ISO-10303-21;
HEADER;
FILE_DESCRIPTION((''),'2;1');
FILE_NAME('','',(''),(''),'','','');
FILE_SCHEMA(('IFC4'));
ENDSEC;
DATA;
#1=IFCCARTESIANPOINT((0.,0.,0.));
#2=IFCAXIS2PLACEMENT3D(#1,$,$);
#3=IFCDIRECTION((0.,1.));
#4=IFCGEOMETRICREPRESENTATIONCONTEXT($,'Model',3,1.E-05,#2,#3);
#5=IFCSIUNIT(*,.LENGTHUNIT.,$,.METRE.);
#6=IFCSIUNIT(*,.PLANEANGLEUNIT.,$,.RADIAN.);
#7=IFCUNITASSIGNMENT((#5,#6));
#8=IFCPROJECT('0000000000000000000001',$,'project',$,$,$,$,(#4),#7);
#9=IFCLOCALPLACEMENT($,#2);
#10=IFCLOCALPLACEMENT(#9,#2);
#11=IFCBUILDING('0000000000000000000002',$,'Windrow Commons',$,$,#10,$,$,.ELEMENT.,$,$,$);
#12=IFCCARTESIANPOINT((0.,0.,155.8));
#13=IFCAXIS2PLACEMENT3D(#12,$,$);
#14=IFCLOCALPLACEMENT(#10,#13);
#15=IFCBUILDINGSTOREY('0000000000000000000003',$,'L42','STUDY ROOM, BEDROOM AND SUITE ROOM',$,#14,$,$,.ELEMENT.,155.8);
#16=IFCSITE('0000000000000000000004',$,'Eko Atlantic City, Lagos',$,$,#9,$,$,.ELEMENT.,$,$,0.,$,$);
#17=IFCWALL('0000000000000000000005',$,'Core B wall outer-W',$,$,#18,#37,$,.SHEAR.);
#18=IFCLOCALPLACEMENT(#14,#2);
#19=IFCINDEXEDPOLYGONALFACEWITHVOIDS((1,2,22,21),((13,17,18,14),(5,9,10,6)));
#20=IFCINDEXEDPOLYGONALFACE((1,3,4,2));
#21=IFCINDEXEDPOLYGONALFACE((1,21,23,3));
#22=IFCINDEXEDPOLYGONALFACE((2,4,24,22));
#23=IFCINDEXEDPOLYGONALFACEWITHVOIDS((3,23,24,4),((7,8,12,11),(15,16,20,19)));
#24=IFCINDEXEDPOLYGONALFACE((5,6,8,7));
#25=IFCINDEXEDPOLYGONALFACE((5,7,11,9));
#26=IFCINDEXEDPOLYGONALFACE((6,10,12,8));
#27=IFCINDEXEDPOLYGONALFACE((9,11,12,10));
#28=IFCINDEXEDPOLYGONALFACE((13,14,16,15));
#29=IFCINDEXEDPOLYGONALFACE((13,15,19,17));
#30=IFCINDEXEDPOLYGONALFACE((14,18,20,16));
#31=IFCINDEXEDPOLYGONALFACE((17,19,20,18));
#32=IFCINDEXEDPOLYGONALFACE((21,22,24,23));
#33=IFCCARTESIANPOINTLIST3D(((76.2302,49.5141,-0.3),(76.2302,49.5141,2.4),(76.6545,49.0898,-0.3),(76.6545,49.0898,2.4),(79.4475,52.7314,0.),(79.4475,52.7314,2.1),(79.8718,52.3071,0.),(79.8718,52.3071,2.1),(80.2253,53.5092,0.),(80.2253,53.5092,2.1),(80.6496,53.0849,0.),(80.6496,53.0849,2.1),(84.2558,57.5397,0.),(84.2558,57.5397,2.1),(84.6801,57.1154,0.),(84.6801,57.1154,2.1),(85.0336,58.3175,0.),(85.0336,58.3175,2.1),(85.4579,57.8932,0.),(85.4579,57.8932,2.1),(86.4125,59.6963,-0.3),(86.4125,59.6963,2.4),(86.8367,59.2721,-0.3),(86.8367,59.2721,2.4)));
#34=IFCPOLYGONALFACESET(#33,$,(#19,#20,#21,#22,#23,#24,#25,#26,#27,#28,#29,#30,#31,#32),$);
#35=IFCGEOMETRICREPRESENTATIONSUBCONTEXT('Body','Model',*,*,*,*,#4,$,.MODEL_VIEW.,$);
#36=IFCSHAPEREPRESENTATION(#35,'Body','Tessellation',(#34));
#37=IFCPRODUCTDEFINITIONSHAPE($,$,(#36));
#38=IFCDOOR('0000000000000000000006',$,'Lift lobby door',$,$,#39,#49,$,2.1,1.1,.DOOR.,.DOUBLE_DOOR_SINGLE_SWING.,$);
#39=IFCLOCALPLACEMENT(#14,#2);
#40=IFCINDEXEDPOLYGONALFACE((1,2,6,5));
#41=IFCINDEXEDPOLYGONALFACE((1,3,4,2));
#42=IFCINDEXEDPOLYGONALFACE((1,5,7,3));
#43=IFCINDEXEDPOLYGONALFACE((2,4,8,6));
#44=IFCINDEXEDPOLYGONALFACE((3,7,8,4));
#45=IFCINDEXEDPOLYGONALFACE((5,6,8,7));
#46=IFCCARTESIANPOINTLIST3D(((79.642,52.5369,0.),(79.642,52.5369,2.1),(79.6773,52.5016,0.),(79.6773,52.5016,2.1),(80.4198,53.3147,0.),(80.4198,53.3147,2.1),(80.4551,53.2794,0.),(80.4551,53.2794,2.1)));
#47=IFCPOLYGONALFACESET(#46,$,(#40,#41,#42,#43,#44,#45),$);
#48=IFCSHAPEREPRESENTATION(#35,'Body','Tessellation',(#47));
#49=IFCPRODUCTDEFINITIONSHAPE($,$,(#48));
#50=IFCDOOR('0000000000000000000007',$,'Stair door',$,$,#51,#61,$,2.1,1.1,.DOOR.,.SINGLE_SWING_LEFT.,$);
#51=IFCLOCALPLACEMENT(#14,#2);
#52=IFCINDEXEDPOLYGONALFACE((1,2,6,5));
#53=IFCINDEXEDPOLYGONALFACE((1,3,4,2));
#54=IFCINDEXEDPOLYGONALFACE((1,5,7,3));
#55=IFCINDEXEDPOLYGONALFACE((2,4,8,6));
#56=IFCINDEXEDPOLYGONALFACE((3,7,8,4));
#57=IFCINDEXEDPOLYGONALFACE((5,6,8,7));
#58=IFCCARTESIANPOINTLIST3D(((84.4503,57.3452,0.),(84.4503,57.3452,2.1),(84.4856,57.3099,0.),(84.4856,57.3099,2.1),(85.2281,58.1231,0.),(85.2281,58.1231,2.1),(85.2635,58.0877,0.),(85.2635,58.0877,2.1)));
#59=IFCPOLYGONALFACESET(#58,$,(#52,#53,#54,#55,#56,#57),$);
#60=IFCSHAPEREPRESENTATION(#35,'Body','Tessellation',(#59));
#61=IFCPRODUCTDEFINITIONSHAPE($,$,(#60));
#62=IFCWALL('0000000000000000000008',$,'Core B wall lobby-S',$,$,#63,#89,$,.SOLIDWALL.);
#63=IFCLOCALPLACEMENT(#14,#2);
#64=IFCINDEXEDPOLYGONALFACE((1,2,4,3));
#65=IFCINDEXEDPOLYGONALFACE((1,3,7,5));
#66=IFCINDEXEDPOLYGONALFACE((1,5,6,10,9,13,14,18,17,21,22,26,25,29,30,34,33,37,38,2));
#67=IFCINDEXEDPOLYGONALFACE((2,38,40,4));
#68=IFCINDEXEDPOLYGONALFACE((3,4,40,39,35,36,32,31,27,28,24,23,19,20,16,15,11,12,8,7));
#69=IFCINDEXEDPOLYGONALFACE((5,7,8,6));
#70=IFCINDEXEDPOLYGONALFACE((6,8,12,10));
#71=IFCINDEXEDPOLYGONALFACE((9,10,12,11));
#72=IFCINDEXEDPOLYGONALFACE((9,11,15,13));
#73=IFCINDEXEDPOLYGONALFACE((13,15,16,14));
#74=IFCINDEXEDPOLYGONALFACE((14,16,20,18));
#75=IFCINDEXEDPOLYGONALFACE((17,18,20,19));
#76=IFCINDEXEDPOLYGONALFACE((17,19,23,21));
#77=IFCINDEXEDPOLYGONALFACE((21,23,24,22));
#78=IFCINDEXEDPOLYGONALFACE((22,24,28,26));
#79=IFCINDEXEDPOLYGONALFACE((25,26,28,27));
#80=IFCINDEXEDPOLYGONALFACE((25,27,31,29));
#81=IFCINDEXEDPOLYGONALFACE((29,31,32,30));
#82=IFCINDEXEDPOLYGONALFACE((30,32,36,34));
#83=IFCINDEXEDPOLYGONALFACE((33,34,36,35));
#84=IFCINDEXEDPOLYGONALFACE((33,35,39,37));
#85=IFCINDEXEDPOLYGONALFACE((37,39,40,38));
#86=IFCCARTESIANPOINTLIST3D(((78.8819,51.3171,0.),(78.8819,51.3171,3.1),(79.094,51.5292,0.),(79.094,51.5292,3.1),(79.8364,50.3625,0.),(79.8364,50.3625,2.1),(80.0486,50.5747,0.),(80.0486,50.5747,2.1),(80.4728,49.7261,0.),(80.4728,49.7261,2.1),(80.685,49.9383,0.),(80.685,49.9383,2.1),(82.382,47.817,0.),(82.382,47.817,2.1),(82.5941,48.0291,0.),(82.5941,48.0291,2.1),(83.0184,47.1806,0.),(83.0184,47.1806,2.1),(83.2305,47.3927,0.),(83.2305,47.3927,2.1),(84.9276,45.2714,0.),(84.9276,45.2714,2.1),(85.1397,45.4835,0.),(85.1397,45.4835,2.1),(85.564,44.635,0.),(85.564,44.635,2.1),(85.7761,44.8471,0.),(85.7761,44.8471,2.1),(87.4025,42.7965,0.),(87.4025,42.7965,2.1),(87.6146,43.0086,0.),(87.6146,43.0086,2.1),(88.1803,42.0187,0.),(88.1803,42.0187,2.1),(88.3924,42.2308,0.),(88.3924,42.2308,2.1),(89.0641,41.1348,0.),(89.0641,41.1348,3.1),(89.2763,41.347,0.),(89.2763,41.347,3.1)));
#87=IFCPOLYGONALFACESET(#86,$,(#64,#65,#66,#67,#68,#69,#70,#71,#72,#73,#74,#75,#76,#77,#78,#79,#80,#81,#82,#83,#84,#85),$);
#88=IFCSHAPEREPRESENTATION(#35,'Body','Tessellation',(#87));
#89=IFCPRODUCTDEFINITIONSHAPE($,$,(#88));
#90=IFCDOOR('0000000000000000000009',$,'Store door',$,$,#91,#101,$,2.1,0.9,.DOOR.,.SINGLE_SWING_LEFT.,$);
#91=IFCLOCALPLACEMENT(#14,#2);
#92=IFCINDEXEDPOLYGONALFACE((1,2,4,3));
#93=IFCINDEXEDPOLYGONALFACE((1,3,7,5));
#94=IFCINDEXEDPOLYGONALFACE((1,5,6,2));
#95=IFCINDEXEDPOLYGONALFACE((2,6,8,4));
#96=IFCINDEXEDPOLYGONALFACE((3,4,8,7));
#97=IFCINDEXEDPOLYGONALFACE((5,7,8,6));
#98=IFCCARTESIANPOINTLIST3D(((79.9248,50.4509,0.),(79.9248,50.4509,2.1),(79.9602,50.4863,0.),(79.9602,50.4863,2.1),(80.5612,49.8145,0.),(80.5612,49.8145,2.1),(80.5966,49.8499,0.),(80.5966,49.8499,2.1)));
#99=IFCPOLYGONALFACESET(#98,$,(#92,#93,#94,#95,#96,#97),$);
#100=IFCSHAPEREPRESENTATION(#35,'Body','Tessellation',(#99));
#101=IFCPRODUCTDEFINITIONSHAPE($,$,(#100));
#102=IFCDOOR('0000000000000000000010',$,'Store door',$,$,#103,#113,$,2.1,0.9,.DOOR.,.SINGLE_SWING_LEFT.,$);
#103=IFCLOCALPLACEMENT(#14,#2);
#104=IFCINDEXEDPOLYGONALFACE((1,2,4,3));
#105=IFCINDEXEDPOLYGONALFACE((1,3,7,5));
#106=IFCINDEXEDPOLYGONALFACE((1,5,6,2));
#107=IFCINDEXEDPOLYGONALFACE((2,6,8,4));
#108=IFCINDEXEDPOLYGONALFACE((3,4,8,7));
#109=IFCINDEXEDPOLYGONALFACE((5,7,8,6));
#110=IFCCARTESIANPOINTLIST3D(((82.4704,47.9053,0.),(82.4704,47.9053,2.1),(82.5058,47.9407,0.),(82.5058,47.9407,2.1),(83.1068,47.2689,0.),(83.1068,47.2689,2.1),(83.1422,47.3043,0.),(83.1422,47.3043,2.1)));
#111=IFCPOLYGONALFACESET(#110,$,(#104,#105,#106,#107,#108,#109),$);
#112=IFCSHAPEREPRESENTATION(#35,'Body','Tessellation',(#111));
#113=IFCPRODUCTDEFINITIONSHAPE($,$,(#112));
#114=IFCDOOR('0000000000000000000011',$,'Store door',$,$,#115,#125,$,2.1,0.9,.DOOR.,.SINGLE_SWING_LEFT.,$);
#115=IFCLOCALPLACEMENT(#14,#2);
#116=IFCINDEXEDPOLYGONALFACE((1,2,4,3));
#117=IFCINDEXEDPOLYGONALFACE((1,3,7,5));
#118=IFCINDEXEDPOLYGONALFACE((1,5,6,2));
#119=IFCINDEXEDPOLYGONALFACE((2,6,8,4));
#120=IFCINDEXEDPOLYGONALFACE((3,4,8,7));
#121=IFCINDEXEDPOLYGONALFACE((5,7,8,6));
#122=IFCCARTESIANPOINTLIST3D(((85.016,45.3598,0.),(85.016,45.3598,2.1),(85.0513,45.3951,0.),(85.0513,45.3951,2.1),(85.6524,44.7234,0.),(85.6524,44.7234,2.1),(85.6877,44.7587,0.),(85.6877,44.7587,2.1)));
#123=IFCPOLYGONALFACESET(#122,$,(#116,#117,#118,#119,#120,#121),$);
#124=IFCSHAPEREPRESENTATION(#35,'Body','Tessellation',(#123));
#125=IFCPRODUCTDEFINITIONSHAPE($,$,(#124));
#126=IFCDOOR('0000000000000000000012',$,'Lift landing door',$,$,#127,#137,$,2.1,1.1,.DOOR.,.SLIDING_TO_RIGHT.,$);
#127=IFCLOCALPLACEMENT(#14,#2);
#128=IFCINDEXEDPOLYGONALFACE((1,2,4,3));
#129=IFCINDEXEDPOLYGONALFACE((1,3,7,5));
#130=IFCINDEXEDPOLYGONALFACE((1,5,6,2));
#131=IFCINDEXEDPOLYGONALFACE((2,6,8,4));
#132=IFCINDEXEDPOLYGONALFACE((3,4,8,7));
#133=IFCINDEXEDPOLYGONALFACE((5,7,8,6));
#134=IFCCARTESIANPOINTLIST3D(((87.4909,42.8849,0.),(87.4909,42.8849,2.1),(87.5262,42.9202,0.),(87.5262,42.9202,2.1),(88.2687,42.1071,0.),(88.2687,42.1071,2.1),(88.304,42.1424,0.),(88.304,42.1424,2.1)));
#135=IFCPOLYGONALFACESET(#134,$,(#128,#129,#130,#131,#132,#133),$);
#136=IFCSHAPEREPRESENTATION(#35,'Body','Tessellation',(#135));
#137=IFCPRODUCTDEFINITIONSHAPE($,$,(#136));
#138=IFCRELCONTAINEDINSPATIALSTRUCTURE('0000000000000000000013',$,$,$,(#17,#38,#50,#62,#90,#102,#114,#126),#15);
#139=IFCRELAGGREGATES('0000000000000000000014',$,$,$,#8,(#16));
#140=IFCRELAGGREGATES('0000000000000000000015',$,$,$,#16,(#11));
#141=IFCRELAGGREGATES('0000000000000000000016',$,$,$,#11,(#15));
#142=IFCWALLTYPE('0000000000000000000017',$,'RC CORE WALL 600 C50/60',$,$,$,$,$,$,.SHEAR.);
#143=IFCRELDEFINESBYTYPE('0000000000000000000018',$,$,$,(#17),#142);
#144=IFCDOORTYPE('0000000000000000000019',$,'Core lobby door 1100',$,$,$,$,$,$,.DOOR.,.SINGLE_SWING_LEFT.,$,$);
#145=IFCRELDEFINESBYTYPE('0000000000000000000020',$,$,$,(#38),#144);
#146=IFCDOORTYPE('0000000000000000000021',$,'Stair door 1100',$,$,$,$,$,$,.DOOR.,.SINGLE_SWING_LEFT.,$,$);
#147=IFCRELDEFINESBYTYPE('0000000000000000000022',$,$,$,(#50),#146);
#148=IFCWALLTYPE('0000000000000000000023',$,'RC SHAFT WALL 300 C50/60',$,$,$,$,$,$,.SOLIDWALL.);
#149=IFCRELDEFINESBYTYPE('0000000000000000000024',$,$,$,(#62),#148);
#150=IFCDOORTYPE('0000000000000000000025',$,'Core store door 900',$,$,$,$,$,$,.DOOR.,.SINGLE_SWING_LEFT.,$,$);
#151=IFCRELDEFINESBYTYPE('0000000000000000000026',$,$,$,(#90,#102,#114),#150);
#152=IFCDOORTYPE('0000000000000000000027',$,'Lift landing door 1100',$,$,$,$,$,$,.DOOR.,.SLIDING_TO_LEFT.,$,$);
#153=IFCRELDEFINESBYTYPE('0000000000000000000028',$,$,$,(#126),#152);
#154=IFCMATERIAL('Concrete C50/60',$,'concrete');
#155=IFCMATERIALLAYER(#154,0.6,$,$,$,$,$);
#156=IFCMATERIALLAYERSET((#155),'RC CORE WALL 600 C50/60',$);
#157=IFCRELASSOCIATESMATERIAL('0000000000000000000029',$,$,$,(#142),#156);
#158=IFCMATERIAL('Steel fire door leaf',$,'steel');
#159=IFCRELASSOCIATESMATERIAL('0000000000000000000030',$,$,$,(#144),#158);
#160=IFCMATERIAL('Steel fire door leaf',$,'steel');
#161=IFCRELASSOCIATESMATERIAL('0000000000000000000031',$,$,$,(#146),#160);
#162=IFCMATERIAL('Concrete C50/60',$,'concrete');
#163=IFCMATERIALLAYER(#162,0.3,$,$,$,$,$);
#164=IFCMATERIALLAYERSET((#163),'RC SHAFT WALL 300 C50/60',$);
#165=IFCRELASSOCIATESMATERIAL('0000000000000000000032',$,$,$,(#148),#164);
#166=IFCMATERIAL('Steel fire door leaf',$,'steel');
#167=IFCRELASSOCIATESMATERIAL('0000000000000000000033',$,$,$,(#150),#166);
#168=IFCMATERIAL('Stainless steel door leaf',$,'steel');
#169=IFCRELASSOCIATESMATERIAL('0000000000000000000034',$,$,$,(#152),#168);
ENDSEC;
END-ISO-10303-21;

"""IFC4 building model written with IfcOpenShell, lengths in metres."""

from ifc_helpers import new_model, si_unit, direction, frame, frame_2d, origin, place, context, subcontext, project, spatial, rectangle, extrude, material, layer, layer_set, type_object, element, fill, save


model = new_model("IFC4")

# Units and contexts
model_context = context("Model", 3, precision=1e-05, world=origin(), true_north=direction((0.0, 1.0)))
body_context = subcontext(model_context, "Body", "Model", "MODEL_VIEW")
ifc_project = project(units=[si_unit("LENGTHUNIT", "METRE"), si_unit("PLANEANGLEUNIT", "RADIAN")], contexts=[model_context])

# Site, building, storey
site_placement = place(None, origin())
site = spatial("IfcSite", under=ifc_project, at=site_placement, Name="Eko Atlantic City, Lagos", CompositionType="ELEMENT", RefElevation=0.0)
building_placement = place(site_placement, origin())
building = spatial("IfcBuilding", under=site, at=building_placement, Name="Windrow Commons", CompositionType="ELEMENT")
storey_placement = place(building_placement, frame((0.0, 0.0, 155.8)))
storey = spatial("IfcBuildingStorey", under=building, at=storey_placement, Name="L42", Description="STUDY ROOM, BEDROOM AND SUITE ROOM", CompositionType="ELEMENT", Elevation=155.8)

# Shared definitions
ifc_material_1 = material(Name="Concrete C50/60", Category="concrete")
ifc_layer_1 = layer(ifc_material_1, 0.6)
ifc_layer_set_1 = layer_set([ifc_layer_1], Name="RC CORE WALL 600 C50/60")
wall_type_1 = type_object("IfcWallType", Name="RC CORE WALL 600 C50/60", PredefinedType="SHEAR", material=ifc_layer_set_1)
ifc_material_2 = material(Name="Steel fire door leaf", Category="steel")
door_type_1 = type_object("IfcDoorType", Name="Core lobby door 1100", OperationType="SINGLE_SWING_LEFT", PredefinedType="DOOR", material=ifc_material_2)
ifc_material_3 = material(Name="Steel fire door leaf", Category="steel")
door_type_2 = type_object("IfcDoorType", Name="Stair door 1100", OperationType="SINGLE_SWING_LEFT", PredefinedType="DOOR", material=ifc_material_3)

# Walls, openings, doors
wall_1_placement = place(storey_placement, frame((76.4423, 49.3019, -0.3), z_axis=(0.0, 0.0, 1.0), x_axis=(0.707107, 0.707107, 0.0)))
wall_1 = element("IfcWall", 1, at=wall_1_placement, inside=storey, type_object=wall_type_1, Name="Core B wall outer-W", PredefinedType="SHEAR", context=body_context, shape_type="SweptSolid", body=[
    extrude(rectangle(XDim=14.3999, YDim=0.6, at=frame_2d((7.2, 0.0))), origin(), (0.0, 0.0, 1.0), 2.7),
])
opening_1_placement = place(wall_1_placement, frame((4.55, 0.0, 0.3)))
opening_1 = element("IfcOpeningElement", 2, at=opening_1_placement, cuts=wall_1, PredefinedType="OPENING", context=body_context, shape_type="SweptSolid", body=[
    extrude(rectangle(XDim=1.1, YDim=2.1, at=frame_2d((0.55, 1.05))), frame((0.0, 0.31, 0.0), z_axis=(0.0, -1.0, 0.0), x_axis=(1.0, 0.0, 0.0)), (0.0, 0.0, 1.0), 0.62),
])
opening_2_placement = place(wall_1_placement, frame((11.35, 0.0, 0.3)))
opening_2 = element("IfcOpeningElement", 3, at=opening_2_placement, cuts=wall_1, PredefinedType="OPENING", context=body_context, shape_type="SweptSolid", body=[
    extrude(rectangle(XDim=1.1, YDim=2.1, at=frame_2d((0.55, 1.05))), frame((0.0, 0.31, 0.0), z_axis=(0.0, -1.0, 0.0), x_axis=(1.0, 0.0, 0.0)), (0.0, 0.0, 1.0), 0.62),
])
door_1_placement = place(opening_1_placement, origin())
door_1 = element("IfcDoor", 4, at=door_1_placement, inside=storey, type_object=door_type_1, Name="Lift lobby door", OperationType="DOUBLE_DOOR_SINGLE_SWING", OverallHeight=2.1, OverallWidth=1.1, PredefinedType="DOOR", context=body_context, shape_type="SweptSolid", body=[
    extrude(rectangle(XDim=1.1, YDim=2.1, at=frame_2d((0.55, 1.05))), frame((0.0, 0.025, 0.0), z_axis=(0.0, -1.0, 0.0), x_axis=(1.0, 0.0, 0.0)), (0.0, 0.0, 1.0), 0.05),
])
fill(opening_1, door_1)
door_2_placement = place(opening_2_placement, origin())
door_2 = element("IfcDoor", 5, at=door_2_placement, inside=storey, type_object=door_type_2, Name="Stair door", OperationType="SINGLE_SWING_LEFT", OverallHeight=2.1, OverallWidth=1.1, PredefinedType="DOOR", context=body_context, shape_type="SweptSolid", body=[
    extrude(rectangle(XDim=1.1, YDim=2.1, at=frame_2d((0.55, 1.05))), frame((0.0, 0.025, 0.0), z_axis=(0.0, -1.0, 0.0), x_axis=(1.0, 0.0, 0.0)), (0.0, 0.0, 1.0), 0.05),
])
fill(opening_2, door_2)
ifc_material_4 = material(Name="Concrete C50/60", Category="concrete")
ifc_layer_2 = layer(ifc_material_4, 0.3)
ifc_layer_set_2 = layer_set([ifc_layer_2], Name="RC SHAFT WALL 300 C50/60")
wall_type_2 = type_object("IfcWallType", Name="RC SHAFT WALL 300 C50/60", PredefinedType="SOLIDWALL", material=ifc_layer_set_2)
wall_2_placement = place(storey_placement, frame((78.9879, 51.4232, 0.0), z_axis=(0.0, 0.0, 1.0), x_axis=(0.707107, -0.707107, 0.0)))
wall_2 = element("IfcWall", 6, at=wall_2_placement, inside=storey, type_object=wall_type_2, Name="Core B wall lobby-S", PredefinedType="SOLIDWALL", context=body_context, shape_type="SweptSolid", body=[
    extrude(rectangle(XDim=14.3999, YDim=0.3, at=frame_2d((7.2, 0.0))), origin(), (0.0, 0.0, 1.0), 3.1),
])
opening_3_placement = place(wall_2_placement, frame((1.35, 0.0, 0.0)))
opening_3 = element("IfcOpeningElement", 7, at=opening_3_placement, cuts=wall_2, PredefinedType="OPENING", context=body_context, shape_type="SweptSolid", body=[
    extrude(rectangle(XDim=0.9, YDim=2.1, at=frame_2d((0.45, 1.05))), frame((0.0, 0.16, 0.0), z_axis=(0.0, -1.0, 0.0), x_axis=(1.0, 0.0, 0.0)), (0.0, 0.0, 1.0), 0.32),
])
opening_4_placement = place(wall_2_placement, frame((4.95, 0.0, 0.0)))
opening_4 = element("IfcOpeningElement", 8, at=opening_4_placement, cuts=wall_2, PredefinedType="OPENING", context=body_context, shape_type="SweptSolid", body=[
    extrude(rectangle(XDim=0.9, YDim=2.1, at=frame_2d((0.45, 1.05))), frame((0.0, 0.16, 0.0), z_axis=(0.0, -1.0, 0.0), x_axis=(1.0, 0.0, 0.0)), (0.0, 0.0, 1.0), 0.32),
])
opening_5_placement = place(wall_2_placement, frame((8.55, 0.0, 0.0)))
opening_5 = element("IfcOpeningElement", 9, at=opening_5_placement, cuts=wall_2, PredefinedType="OPENING", context=body_context, shape_type="SweptSolid", body=[
    extrude(rectangle(XDim=0.9, YDim=2.1, at=frame_2d((0.45, 1.05))), frame((0.0, 0.16, 0.0), z_axis=(0.0, -1.0, 0.0), x_axis=(1.0, 0.0, 0.0)), (0.0, 0.0, 1.0), 0.32),
])
opening_6_placement = place(wall_2_placement, frame((12.05, 0.0, 0.0)))
opening_6 = element("IfcOpeningElement", 10, at=opening_6_placement, cuts=wall_2, PredefinedType="OPENING", context=body_context, shape_type="SweptSolid", body=[
    extrude(rectangle(XDim=1.1, YDim=2.1, at=frame_2d((0.55, 1.05))), frame((0.0, 0.16, 0.0), z_axis=(0.0, -1.0, 0.0), x_axis=(1.0, 0.0, 0.0)), (0.0, 0.0, 1.0), 0.32),
])
ifc_material_5 = material(Name="Steel fire door leaf", Category="steel")
door_type_3 = type_object("IfcDoorType", Name="Core store door 900", OperationType="SINGLE_SWING_LEFT", PredefinedType="DOOR", material=ifc_material_5)
door_3_placement = place(opening_3_placement, origin())
door_3 = element("IfcDoor", 11, at=door_3_placement, inside=storey, type_object=door_type_3, Name="Store door", OperationType="SINGLE_SWING_LEFT", OverallHeight=2.1, OverallWidth=0.9, PredefinedType="DOOR", context=body_context, shape_type="SweptSolid", body=[
    extrude(rectangle(XDim=0.9, YDim=2.1, at=frame_2d((0.45, 1.05))), frame((0.0, 0.025, 0.0), z_axis=(0.0, -1.0, 0.0), x_axis=(1.0, 0.0, 0.0)), (0.0, 0.0, 1.0), 0.05),
])
fill(opening_3, door_3)
door_4_placement = place(opening_4_placement, origin())
door_4 = element("IfcDoor", 12, at=door_4_placement, inside=storey, type_object=door_type_3, Name="Store door", OperationType="SINGLE_SWING_LEFT", OverallHeight=2.1, OverallWidth=0.9, PredefinedType="DOOR", context=body_context, shape_type="SweptSolid", body=[
    extrude(rectangle(XDim=0.9, YDim=2.1, at=frame_2d((0.45, 1.05))), frame((0.0, 0.025, 0.0), z_axis=(0.0, -1.0, 0.0), x_axis=(1.0, 0.0, 0.0)), (0.0, 0.0, 1.0), 0.05),
])
fill(opening_4, door_4)
door_5_placement = place(opening_5_placement, origin())
door_5 = element("IfcDoor", 13, at=door_5_placement, inside=storey, type_object=door_type_3, Name="Store door", OperationType="SINGLE_SWING_LEFT", OverallHeight=2.1, OverallWidth=0.9, PredefinedType="DOOR", context=body_context, shape_type="SweptSolid", body=[
    extrude(rectangle(XDim=0.9, YDim=2.1, at=frame_2d((0.45, 1.05))), frame((0.0, 0.025, 0.0), z_axis=(0.0, -1.0, 0.0), x_axis=(1.0, 0.0, 0.0)), (0.0, 0.0, 1.0), 0.05),
])
fill(opening_5, door_5)
ifc_material_6 = material(Name="Stainless steel door leaf", Category="steel")
door_type_4 = type_object("IfcDoorType", Name="Lift landing door 1100", OperationType="SLIDING_TO_LEFT", PredefinedType="DOOR", material=ifc_material_6)
door_6_placement = place(opening_6_placement, origin())
door_6 = element("IfcDoor", 14, at=door_6_placement, inside=storey, type_object=door_type_4, Name="Lift landing door", OperationType="SLIDING_TO_RIGHT", OverallHeight=2.1, OverallWidth=1.1, PredefinedType="DOOR", context=body_context, shape_type="SweptSolid", body=[
    extrude(rectangle(XDim=1.1, YDim=2.1, at=frame_2d((0.55, 1.05))), frame((0.0, 0.025, 0.0), z_axis=(0.0, -1.0, 0.0), x_axis=(1.0, 0.0, 0.0)), (0.0, 0.0, 1.0), 0.05),
])
fill(opening_6, door_6)

save(model, "model.ifc")
